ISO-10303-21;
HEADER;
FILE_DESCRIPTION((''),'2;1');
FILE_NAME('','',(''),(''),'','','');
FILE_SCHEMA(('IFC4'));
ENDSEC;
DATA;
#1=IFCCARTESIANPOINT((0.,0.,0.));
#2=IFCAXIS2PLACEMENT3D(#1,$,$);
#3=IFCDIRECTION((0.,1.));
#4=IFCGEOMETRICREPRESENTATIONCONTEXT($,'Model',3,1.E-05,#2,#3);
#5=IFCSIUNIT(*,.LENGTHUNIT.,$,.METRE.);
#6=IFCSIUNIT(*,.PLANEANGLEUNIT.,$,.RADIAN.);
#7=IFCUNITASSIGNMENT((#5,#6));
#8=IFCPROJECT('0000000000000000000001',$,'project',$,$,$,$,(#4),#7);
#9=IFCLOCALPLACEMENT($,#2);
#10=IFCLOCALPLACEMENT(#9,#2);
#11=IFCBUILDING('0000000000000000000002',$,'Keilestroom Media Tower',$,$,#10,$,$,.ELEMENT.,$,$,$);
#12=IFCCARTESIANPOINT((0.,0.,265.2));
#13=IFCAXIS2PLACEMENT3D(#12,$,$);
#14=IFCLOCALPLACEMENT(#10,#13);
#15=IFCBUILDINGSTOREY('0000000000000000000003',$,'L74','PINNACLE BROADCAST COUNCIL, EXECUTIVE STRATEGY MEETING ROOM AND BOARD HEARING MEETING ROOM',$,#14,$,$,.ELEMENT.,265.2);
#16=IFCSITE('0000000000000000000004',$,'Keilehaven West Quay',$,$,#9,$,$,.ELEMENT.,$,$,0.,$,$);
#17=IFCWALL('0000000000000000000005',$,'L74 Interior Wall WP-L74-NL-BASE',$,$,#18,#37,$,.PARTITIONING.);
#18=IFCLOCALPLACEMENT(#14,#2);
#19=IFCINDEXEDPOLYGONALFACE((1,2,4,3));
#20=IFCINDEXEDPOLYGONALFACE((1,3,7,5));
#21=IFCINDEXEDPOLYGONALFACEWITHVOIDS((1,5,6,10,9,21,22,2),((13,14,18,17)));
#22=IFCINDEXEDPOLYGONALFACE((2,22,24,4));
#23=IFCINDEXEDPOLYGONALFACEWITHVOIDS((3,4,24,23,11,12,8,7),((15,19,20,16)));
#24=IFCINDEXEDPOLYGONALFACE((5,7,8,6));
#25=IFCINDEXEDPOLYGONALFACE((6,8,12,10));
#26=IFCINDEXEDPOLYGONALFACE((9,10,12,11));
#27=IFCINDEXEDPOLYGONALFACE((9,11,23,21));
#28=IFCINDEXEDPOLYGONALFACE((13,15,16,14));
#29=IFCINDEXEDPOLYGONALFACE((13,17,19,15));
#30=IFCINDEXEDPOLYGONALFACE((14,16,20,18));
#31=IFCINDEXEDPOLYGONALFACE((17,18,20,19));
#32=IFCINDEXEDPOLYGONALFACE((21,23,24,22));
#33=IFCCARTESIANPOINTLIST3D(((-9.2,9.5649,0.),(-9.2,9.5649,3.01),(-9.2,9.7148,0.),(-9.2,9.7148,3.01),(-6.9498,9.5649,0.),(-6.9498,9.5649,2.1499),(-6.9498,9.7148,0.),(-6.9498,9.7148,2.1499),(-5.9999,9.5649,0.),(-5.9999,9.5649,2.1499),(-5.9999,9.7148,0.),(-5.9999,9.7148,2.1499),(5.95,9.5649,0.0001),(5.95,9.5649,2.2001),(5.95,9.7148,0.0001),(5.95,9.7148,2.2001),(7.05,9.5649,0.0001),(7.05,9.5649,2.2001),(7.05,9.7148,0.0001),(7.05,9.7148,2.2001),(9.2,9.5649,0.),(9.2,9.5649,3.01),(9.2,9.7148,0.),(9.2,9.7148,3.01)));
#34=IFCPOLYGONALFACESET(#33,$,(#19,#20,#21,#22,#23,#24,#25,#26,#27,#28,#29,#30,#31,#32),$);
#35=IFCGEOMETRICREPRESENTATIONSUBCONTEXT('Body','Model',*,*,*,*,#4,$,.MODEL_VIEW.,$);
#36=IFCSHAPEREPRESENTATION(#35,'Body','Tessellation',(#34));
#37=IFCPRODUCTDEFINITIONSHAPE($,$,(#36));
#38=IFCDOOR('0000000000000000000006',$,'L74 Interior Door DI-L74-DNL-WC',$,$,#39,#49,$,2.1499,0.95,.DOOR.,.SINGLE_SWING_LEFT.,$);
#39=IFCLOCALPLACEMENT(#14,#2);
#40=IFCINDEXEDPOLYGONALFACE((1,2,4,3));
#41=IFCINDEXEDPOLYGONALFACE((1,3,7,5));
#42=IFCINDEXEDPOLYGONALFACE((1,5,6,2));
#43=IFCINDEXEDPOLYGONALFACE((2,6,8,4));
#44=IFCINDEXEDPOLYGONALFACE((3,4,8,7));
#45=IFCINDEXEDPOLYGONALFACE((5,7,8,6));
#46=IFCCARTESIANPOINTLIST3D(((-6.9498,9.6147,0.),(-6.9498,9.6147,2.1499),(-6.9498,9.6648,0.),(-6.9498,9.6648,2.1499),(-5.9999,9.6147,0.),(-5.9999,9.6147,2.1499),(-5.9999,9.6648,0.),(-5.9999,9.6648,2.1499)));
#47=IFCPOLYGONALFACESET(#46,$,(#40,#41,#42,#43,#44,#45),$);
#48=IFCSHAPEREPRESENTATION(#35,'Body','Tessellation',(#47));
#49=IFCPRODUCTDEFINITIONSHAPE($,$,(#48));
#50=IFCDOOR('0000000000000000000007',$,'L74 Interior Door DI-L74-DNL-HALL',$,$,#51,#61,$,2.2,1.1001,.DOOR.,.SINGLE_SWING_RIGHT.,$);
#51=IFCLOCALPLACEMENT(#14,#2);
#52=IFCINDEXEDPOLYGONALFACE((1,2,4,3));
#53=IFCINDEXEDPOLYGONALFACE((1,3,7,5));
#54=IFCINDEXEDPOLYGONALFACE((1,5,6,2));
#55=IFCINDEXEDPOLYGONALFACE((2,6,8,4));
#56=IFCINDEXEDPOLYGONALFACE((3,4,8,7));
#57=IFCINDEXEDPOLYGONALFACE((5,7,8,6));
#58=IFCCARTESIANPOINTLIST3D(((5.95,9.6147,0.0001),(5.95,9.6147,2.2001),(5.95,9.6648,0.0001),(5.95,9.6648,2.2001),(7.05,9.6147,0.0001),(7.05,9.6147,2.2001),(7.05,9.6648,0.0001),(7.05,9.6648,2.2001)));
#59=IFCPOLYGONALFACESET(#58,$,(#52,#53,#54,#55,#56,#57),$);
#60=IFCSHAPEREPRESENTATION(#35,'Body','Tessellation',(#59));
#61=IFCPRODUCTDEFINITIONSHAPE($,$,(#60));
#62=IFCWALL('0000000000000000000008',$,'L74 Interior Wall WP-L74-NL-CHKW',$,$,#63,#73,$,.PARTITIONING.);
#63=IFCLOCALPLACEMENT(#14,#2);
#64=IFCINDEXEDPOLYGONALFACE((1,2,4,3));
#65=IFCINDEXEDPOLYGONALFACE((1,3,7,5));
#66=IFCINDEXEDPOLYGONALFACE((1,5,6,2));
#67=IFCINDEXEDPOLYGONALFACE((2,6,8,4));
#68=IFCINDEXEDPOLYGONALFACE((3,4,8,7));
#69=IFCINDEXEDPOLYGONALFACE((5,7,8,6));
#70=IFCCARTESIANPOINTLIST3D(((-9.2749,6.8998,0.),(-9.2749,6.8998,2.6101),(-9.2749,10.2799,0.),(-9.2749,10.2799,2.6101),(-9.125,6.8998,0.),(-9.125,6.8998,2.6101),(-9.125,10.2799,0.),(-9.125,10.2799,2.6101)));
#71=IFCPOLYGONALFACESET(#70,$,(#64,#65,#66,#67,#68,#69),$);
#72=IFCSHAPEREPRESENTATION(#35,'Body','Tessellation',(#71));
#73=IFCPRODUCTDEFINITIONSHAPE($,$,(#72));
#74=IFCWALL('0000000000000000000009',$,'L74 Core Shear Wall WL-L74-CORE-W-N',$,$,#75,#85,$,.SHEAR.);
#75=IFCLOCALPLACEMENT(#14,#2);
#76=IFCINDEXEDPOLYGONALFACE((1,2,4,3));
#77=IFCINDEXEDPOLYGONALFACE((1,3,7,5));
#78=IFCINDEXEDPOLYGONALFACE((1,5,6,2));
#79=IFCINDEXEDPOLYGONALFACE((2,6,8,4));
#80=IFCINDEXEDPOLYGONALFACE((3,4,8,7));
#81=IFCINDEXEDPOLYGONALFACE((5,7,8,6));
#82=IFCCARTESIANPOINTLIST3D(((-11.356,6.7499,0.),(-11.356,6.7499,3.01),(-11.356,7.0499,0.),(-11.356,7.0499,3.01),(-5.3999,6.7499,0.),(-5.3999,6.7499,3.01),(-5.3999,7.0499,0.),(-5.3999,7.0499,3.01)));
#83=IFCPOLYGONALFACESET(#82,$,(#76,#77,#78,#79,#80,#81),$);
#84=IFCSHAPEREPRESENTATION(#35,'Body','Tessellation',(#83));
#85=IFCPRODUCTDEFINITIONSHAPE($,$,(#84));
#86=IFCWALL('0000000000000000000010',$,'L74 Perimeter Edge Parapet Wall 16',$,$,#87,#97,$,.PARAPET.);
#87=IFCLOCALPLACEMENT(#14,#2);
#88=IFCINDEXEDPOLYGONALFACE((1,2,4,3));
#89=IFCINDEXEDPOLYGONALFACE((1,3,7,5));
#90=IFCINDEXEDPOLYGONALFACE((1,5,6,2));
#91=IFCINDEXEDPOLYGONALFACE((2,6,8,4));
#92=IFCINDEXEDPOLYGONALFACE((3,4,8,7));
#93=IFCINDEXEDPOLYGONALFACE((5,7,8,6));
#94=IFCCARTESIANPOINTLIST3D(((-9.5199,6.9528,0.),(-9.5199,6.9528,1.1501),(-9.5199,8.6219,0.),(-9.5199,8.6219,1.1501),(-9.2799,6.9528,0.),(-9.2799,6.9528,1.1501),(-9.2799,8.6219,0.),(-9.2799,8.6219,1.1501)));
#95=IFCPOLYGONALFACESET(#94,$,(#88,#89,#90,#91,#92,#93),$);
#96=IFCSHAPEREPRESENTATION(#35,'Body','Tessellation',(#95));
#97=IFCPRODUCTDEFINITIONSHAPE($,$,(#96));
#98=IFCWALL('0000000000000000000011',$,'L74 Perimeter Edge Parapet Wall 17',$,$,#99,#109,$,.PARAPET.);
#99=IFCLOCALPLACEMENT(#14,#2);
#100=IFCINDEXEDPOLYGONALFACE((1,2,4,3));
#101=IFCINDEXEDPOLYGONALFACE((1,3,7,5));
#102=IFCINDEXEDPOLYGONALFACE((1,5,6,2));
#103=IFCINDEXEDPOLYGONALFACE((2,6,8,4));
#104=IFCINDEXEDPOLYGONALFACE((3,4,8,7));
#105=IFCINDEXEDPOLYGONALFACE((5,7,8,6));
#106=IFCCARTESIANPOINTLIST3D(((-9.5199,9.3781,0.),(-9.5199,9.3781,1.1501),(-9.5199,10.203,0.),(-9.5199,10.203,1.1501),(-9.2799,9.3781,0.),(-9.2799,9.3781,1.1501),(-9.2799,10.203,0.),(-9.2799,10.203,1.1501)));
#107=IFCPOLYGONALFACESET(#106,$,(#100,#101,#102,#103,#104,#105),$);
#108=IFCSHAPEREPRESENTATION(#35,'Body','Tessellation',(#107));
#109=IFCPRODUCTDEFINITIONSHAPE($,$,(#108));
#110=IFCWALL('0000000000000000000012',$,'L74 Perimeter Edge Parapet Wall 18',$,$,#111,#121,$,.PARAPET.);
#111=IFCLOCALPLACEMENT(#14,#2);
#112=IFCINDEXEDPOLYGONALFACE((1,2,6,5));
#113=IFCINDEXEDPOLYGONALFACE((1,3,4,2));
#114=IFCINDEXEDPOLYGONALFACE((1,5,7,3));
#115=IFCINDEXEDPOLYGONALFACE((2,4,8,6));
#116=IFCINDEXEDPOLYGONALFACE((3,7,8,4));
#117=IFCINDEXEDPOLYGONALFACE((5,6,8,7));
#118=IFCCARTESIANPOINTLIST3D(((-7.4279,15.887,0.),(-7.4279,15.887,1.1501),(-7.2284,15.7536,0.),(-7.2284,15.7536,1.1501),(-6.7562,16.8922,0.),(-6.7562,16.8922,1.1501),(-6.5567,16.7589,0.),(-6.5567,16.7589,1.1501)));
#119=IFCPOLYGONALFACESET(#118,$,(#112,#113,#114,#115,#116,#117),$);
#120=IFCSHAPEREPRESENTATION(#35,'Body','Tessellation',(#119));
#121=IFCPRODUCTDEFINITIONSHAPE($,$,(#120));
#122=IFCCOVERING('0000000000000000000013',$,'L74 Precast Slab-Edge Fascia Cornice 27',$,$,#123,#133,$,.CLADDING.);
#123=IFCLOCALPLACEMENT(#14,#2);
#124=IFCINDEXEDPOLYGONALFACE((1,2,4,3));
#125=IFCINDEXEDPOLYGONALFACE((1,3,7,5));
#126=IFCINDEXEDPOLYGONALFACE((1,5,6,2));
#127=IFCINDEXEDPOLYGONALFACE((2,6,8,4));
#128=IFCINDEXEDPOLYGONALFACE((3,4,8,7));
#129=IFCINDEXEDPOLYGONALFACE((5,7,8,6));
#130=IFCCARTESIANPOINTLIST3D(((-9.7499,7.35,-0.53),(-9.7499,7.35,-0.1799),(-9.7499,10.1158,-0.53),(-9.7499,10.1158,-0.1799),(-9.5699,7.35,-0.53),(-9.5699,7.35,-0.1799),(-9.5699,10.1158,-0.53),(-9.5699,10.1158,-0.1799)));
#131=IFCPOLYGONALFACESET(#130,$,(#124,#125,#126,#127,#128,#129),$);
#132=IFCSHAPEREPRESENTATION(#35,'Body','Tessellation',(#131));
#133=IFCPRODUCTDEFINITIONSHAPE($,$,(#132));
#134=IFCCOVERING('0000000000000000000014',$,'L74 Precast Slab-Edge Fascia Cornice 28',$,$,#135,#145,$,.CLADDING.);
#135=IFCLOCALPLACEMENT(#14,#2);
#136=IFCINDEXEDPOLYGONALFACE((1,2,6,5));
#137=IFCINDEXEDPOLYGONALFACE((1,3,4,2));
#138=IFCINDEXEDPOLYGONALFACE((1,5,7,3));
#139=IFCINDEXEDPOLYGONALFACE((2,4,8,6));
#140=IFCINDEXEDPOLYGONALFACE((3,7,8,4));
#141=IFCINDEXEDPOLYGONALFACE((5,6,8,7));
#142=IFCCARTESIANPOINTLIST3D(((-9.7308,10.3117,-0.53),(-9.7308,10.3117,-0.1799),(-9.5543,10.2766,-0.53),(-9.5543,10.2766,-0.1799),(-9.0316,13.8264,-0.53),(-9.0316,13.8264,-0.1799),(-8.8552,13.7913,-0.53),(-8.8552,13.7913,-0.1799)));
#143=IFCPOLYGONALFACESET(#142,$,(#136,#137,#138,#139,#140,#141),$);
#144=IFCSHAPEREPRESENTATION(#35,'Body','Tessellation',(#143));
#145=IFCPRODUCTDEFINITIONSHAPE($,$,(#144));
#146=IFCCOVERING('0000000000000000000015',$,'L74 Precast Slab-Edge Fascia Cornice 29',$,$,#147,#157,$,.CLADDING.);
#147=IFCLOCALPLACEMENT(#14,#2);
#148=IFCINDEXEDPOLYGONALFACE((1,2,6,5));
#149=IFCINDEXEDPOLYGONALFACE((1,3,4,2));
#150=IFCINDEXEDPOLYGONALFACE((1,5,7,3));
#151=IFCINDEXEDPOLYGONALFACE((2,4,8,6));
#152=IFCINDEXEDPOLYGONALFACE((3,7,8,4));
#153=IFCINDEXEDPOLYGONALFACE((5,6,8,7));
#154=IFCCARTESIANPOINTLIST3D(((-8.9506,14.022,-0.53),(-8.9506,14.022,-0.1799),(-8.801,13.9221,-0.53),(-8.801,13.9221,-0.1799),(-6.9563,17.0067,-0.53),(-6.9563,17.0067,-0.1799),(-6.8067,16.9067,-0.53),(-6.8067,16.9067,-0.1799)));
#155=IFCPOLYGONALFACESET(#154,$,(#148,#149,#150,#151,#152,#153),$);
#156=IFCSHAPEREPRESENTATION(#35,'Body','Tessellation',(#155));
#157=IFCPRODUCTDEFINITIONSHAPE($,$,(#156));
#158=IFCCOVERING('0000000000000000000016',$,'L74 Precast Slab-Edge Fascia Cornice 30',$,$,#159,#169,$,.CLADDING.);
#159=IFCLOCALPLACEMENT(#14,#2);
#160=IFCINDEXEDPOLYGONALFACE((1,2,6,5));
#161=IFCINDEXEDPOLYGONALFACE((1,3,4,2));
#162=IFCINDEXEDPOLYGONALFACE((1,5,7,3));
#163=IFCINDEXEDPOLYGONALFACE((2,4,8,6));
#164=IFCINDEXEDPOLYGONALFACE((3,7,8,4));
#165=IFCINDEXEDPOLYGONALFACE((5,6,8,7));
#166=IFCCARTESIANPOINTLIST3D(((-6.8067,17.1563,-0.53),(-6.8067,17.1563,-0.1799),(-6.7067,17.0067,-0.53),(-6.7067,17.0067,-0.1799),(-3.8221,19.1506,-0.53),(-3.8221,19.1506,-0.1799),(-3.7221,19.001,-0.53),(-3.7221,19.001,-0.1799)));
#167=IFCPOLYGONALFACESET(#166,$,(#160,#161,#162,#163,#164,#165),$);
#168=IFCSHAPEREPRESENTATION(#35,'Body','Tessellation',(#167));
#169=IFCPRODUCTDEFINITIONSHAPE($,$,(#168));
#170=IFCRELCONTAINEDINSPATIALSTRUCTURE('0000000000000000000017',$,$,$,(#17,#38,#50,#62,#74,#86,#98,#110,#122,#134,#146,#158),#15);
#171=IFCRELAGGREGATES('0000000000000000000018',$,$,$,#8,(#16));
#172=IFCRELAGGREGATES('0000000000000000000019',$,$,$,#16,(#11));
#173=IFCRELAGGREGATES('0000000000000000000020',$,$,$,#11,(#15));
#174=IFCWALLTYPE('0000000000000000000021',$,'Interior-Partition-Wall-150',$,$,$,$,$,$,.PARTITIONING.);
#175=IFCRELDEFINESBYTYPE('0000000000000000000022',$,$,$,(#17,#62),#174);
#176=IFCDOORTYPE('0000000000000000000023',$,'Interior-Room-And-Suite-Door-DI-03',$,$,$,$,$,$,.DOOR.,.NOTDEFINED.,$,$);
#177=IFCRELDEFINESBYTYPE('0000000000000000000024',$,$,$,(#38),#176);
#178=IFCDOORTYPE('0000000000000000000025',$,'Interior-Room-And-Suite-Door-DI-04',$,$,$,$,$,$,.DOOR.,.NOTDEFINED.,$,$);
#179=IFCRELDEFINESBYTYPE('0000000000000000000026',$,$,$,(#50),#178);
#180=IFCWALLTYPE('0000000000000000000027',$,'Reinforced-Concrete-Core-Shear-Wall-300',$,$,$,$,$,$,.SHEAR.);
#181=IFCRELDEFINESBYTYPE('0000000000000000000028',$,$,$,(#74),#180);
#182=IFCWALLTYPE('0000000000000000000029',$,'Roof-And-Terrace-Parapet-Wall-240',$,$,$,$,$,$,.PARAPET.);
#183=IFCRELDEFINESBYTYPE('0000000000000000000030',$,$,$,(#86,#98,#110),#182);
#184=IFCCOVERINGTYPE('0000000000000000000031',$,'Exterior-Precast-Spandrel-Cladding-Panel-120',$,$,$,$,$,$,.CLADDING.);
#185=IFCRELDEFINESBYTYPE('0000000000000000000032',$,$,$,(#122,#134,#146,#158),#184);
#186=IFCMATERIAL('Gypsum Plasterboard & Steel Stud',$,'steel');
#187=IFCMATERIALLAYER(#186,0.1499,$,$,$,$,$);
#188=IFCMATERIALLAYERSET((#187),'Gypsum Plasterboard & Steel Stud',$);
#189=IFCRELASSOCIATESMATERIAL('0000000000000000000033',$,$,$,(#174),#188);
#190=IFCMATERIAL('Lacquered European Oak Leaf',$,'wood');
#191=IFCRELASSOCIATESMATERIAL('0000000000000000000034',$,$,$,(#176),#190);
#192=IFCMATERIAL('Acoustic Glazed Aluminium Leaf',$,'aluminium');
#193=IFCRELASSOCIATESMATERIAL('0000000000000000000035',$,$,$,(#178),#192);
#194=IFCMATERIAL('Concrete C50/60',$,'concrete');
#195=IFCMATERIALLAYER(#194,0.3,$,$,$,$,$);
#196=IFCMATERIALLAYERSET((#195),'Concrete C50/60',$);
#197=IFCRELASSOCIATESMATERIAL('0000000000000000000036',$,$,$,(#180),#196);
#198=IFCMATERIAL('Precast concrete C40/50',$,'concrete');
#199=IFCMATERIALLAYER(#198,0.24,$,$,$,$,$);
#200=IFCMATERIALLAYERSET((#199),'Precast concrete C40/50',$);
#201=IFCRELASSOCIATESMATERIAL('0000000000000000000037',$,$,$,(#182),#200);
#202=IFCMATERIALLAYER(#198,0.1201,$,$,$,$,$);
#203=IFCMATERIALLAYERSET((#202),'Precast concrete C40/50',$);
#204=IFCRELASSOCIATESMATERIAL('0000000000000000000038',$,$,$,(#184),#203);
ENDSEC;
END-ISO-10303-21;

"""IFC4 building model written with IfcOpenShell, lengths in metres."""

from ifc_helpers import new_model, si_unit, direction, frame, frame_2d, origin, origin_2d, place, context, subcontext, project, spatial, rectangle, extrude, source, transform, mapped, material, layer, layer_set, type_object, element, fill, save


model = new_model("IFC4")

# Units and contexts
model_context = context("Model", 3, precision=1e-05, world=origin(), true_north=direction((0.0, 1.0)))
body_context = subcontext(model_context, "Body", "Model", "MODEL_VIEW")
ifc_project = project(units=[si_unit("LENGTHUNIT", "METRE"), si_unit("PLANEANGLEUNIT", "RADIAN")], contexts=[model_context])

# Site, building, storey
site_placement = place(None, origin())
site = spatial("IfcSite", under=ifc_project, at=site_placement, Name="Keilehaven West Quay", CompositionType="ELEMENT", RefElevation=0.0)
building_placement = place(site_placement, origin())
building = spatial("IfcBuilding", under=site, at=building_placement, Name="Keilestroom Media Tower", CompositionType="ELEMENT")
storey_placement = place(building_placement, frame((0.0, 0.0, 265.2)))
storey = spatial("IfcBuildingStorey", under=building, at=storey_placement, Name="L74", Description="PINNACLE BROADCAST COUNCIL, EXECUTIVE STRATEGY MEETING ROOM AND BOARD HEARING MEETING ROOM", CompositionType="ELEMENT", Elevation=265.2)

# Shared definitions
ifc_material_1 = material(Name="Concrete C50/60", Category="concrete")

# Shared definitions
ifc_material_2 = material(Name="Precast concrete C40/50", Category="concrete")
ifc_material_3 = material(Name="Gypsum Plasterboard & Steel Stud", Category="steel")

# Wall, openings, doors
ifc_layer_1 = layer(ifc_material_3, 0.1499)
ifc_layer_set_1 = layer_set([ifc_layer_1], Name="Gypsum Plasterboard & Steel Stud")
wall_type_1 = type_object("IfcWallType", Name="Interior-Partition-Wall-150", PredefinedType="PARTITIONING", material=ifc_layer_set_1)
wall_1_placement = place(storey_placement, frame((-9.2, 9.6399, 0.0), z_axis=(0.0, 0.0, 1.0), x_axis=(1.0, 0.0, 0.0)))
wall_1 = element("IfcWall", 1, at=wall_1_placement, inside=storey, type_object=wall_type_1, Name="L74 Interior Wall WP-L74-NL-BASE", PredefinedType="PARTITIONING", context=body_context, shape_type="SweptSolid", body=[
    extrude(rectangle(XDim=18.3999, YDim=0.1499, at=frame_2d((9.2, 0.0))), origin(), (0.0, 0.0, 1.0), 3.01),
])
opening_1_placement = place(wall_1_placement, frame((2.25, 0.0, 0.0)))
opening_1 = element("IfcOpeningElement", 2, at=opening_1_placement, cuts=wall_1, PredefinedType="OPENING", context=body_context, shape_type="SweptSolid", body=[
    extrude(rectangle(XDim=0.95, YDim=2.1499, at=frame_2d((0.4751, 1.075))), frame((0.0, 0.085, 0.0), z_axis=(0.0, -1.0, 0.0), x_axis=(1.0, 0.0, 0.0)), (0.0, 0.0, 1.0), 0.1699),
])
opening_2_placement = place(wall_1_placement, frame((15.1499, 0.0, 0.0)))
opening_2 = element("IfcOpeningElement", 3, at=opening_2_placement, cuts=wall_1, PredefinedType="OPENING", context=body_context, shape_type="SweptSolid", body=[
    extrude(rectangle(XDim=1.1001, YDim=2.2, at=frame_2d((0.55, 1.1001))), frame((0.0, 0.085, 0.0), z_axis=(0.0, -1.0, 0.0), x_axis=(1.0, 0.0, 0.0)), (0.0, 0.0, 1.0), 0.1699),
])
ifc_material_4 = material(Name="Lacquered European Oak Leaf", Category="wood")
door_type_1 = type_object("IfcDoorType", Name="Interior-Room-And-Suite-Door-DI-03", OperationType="NOTDEFINED", PredefinedType="DOOR", material=ifc_material_4)
shared_shape_1 = source(origin(), body_context, "Body", "SweptSolid", [
    extrude(rectangle(XDim=0.95, YDim=2.1499, at=frame_2d((0.4751, 1.075))), frame((0.0, 0.0249, 0.0), z_axis=(0.0, -1.0, 0.0), x_axis=(1.0, 0.0, 0.0)), (0.0, 0.0, 1.0), 0.05),
])
door_1_placement = place(opening_1_placement, origin())
door_1 = element("IfcDoor", 4, at=door_1_placement, inside=storey, type_object=door_type_1, Name="L74 Interior Door DI-L74-DNL-WC", OperationType="SINGLE_SWING_LEFT", OverallHeight=2.1499, OverallWidth=0.95, PredefinedType="DOOR", context=body_context, shape_type="MappedRepresentation", body=[
    mapped(shared_shape_1, transform((0.0, 0.0, 0.0), x_axis=(1.0, 0.0, 0.0), y_axis=(0.0, 1.0, 0.0), z_axis=(0.0, 0.0, 1.0), scale=1.0)),
])
fill(opening_1, door_1)
ifc_material_5 = material(Name="Acoustic Glazed Aluminium Leaf", Category="aluminium")
door_type_2 = type_object("IfcDoorType", Name="Interior-Room-And-Suite-Door-DI-04", OperationType="NOTDEFINED", PredefinedType="DOOR", material=ifc_material_5)
shared_shape_2 = source(origin(), body_context, "Body", "SweptSolid", [
    extrude(rectangle(XDim=1.1001, YDim=2.2, at=frame_2d((0.55, 1.1001))), frame((0.0, 0.0249, 0.0), z_axis=(0.0, -1.0, 0.0), x_axis=(1.0, 0.0, 0.0)), (0.0, 0.0, 1.0), 0.05),
])
door_2_placement = place(opening_2_placement, origin())
door_2 = element("IfcDoor", 5, at=door_2_placement, inside=storey, type_object=door_type_2, Name="L74 Interior Door DI-L74-DNL-HALL", OperationType="SINGLE_SWING_RIGHT", OverallHeight=2.2, OverallWidth=1.1001, PredefinedType="DOOR", context=body_context, shape_type="MappedRepresentation", body=[
    mapped(shared_shape_2, transform((0.0, 0.0, 0.0), x_axis=(1.0, 0.0, 0.0), y_axis=(0.0, 1.0, 0.0), z_axis=(0.0, 0.0, 1.0), scale=1.0)),
])
fill(opening_2, door_2)

# Walls
wall_2_placement = place(storey_placement, frame((-9.2, 6.8999, 0.0), z_axis=(0.0, 0.0, 1.0), x_axis=(0.0, 1.0, 0.0)))
element("IfcWall", 6, at=wall_2_placement, inside=storey, type_object=wall_type_1, Name="L74 Interior Wall WP-L74-NL-CHKW", PredefinedType="PARTITIONING", context=body_context, shape_type="SweptSolid", body=[
    extrude(rectangle(XDim=3.3801, YDim=0.1499, at=frame_2d((1.6899, 0.0))), origin(), (0.0, 0.0, 1.0), 2.6101),
])
ifc_layer_2 = layer(ifc_material_1, 0.3)
ifc_layer_set_2 = layer_set([ifc_layer_2], Name="Concrete C50/60")
wall_type_2 = type_object("IfcWallType", Name="Reinforced-Concrete-Core-Shear-Wall-300", PredefinedType="SHEAR", material=ifc_layer_set_2)
wall_3_placement = place(storey_placement, frame((-11.356, 6.8999, 0.0), z_axis=(0.0, 0.0, 1.0), x_axis=(1.0, 0.0, 0.0)))
element("IfcWall", 7, at=wall_3_placement, inside=storey, type_object=wall_type_2, Name="L74 Core Shear Wall WL-L74-CORE-W-N", PredefinedType="SHEAR", context=body_context, shape_type="SweptSolid", body=[
    extrude(rectangle(XDim=5.9561, YDim=0.3, at=frame_2d((2.978, 0.0))), origin(), (0.0, 0.0, 1.0), 3.01),
])
ifc_layer_3 = layer(ifc_material_2, 0.24)
ifc_layer_set_3 = layer_set([ifc_layer_3], Name="Precast concrete C40/50")
wall_type_3 = type_object("IfcWallType", Name="Roof-And-Terrace-Parapet-Wall-240", PredefinedType="PARAPET", material=ifc_layer_set_3)
wall_4_placement = place(storey_placement, frame((-9.3999, 6.9529, 0.0), z_axis=(0.0, 0.0, 1.0), x_axis=(0.0, 1.0, 0.0)))
element("IfcWall", 8, at=wall_4_placement, inside=storey, type_object=wall_type_3, Name="L74 Perimeter Edge Parapet Wall 16", PredefinedType="PARAPET", context=body_context, shape_type="SweptSolid", body=[
    extrude(rectangle(XDim=1.6692, YDim=0.24, at=frame_2d((0.8345, 0.0))), origin(), (0.0, 0.0, 1.0), 1.1501),
])
wall_5_placement = place(storey_placement, frame((-9.3999, 9.3779, 0.0), z_axis=(0.0, 0.0, 1.0), x_axis=(0.0, 1.0, 0.0)))
element("IfcWall", 9, at=wall_5_placement, inside=storey, type_object=wall_type_3, Name="L74 Perimeter Edge Parapet Wall 17", PredefinedType="PARAPET", context=body_context, shape_type="SweptSolid", body=[
    extrude(rectangle(XDim=0.825, YDim=0.24, at=frame_2d((0.4126, 0.0))), origin(), (0.0, 0.0, 1.0), 1.1501),
])
wall_6_placement = place(storey_placement, frame((-7.3281, 15.8203, 0.0), z_axis=(0.0, 0.0, 1.0), x_axis=(0.555585, 0.831459, 0.0)))
element("IfcWall", 10, at=wall_6_placement, inside=storey, type_object=wall_type_3, Name="L74 Perimeter Edge Parapet Wall 18", PredefinedType="PARAPET", context=body_context, shape_type="SweptSolid", body=[
    extrude(rectangle(XDim=1.209, YDim=0.24, at=frame_2d((0.6045, 0.0))), origin(), (0.0, 0.0, 1.0), 1.1501),
])

# Coverings
ifc_layer_4 = layer(ifc_material_2, 0.1201)
ifc_layer_set_4 = layer_set([ifc_layer_4], Name="Precast concrete C40/50")
covering_type_1 = type_object("IfcCoveringType", Name="Exterior-Precast-Spandrel-Cladding-Panel-120", PredefinedType="CLADDING", material=ifc_layer_set_4)
shared_shape_3 = source(origin(), body_context, "Body", "SweptSolid", [
    extrude(rectangle(XDim=2.7659, YDim=0.1799, at=origin_2d()), origin(), (0.0, 0.0, 1.0), 0.3501),
])
covering_1_placement = place(storey_placement, frame((-9.6599, 8.7329, -0.53), z_axis=(0.0, 0.0, 1.0), x_axis=(0.0, 1.0, 0.0)))
element("IfcCovering", 11, at=covering_1_placement, inside=storey, type_object=covering_type_1, Name="L74 Precast Slab-Edge Fascia Cornice 27", PredefinedType="CLADDING", context=body_context, shape_type="MappedRepresentation", body=[
    mapped(shared_shape_3, transform((0.0, 0.0, 0.0), x_axis=(1.0, 0.0, 0.0), y_axis=(0.0, 1.0, 0.0), z_axis=(0.0, 0.0, 1.0), scale=1.0)),
])
shared_shape_4 = source(origin(), body_context, "Body", "SweptSolid", [
    extrude(rectangle(XDim=3.5835, YDim=0.1799, at=origin_2d()), origin(), (0.0, 0.0, 1.0), 0.3501),
])
covering_2_placement = place(storey_placement, frame((-9.293, 12.0515, -0.53), z_axis=(0.0, 0.0, 1.0), x_axis=(0.195099, 0.980784, 0.0)))
element("IfcCovering", 12, at=covering_2_placement, inside=storey, type_object=covering_type_1, Name="L74 Precast Slab-Edge Fascia Cornice 28", PredefinedType="CLADDING", context=body_context, shape_type="MappedRepresentation", body=[
    mapped(shared_shape_4, transform((0.0, 0.0, 0.0), x_axis=(1.0, 0.0, 0.0), y_axis=(0.0, 1.0, 0.0), z_axis=(0.0, 0.0, 1.0), scale=1.0)),
])
shared_shape_5 = source(origin(), body_context, "Body", "SweptSolid", [
    extrude(rectangle(XDim=3.5896, YDim=0.1799, at=origin_2d()), origin(), (0.0, 0.0, 1.0), 0.3501),
])
for number, where, z_axis, x_axis, name in (
    (13, (-7.8787, 15.4644, -0.53), (0.0, 0.0, 1.0), (0.555575, 0.831467, 0.0), "L74 Precast Slab-Edge Fascia Cornice 29"),
    (14, (-5.2644, 18.0786, -0.53), (0.0, 0.0, 1.0), (0.831467, 0.555575, 0.0), "L74 Precast Slab-Edge Fascia Cornice 30"),
):
    element("IfcCovering", number, at=place(storey_placement, frame(where, z_axis=z_axis, x_axis=x_axis)), inside=storey, type_object=covering_type_1, Name=name, PredefinedType="CLADDING", context=body_context, shape_type="MappedRepresentation", body=[
        mapped(shared_shape_5, transform((0.0, 0.0, 0.0), x_axis=(1.0, 0.0, 0.0), y_axis=(0.0, 1.0, 0.0), z_axis=(0.0, 0.0, 1.0), scale=1.0)),
    ])

save(model, "model.ifc")
